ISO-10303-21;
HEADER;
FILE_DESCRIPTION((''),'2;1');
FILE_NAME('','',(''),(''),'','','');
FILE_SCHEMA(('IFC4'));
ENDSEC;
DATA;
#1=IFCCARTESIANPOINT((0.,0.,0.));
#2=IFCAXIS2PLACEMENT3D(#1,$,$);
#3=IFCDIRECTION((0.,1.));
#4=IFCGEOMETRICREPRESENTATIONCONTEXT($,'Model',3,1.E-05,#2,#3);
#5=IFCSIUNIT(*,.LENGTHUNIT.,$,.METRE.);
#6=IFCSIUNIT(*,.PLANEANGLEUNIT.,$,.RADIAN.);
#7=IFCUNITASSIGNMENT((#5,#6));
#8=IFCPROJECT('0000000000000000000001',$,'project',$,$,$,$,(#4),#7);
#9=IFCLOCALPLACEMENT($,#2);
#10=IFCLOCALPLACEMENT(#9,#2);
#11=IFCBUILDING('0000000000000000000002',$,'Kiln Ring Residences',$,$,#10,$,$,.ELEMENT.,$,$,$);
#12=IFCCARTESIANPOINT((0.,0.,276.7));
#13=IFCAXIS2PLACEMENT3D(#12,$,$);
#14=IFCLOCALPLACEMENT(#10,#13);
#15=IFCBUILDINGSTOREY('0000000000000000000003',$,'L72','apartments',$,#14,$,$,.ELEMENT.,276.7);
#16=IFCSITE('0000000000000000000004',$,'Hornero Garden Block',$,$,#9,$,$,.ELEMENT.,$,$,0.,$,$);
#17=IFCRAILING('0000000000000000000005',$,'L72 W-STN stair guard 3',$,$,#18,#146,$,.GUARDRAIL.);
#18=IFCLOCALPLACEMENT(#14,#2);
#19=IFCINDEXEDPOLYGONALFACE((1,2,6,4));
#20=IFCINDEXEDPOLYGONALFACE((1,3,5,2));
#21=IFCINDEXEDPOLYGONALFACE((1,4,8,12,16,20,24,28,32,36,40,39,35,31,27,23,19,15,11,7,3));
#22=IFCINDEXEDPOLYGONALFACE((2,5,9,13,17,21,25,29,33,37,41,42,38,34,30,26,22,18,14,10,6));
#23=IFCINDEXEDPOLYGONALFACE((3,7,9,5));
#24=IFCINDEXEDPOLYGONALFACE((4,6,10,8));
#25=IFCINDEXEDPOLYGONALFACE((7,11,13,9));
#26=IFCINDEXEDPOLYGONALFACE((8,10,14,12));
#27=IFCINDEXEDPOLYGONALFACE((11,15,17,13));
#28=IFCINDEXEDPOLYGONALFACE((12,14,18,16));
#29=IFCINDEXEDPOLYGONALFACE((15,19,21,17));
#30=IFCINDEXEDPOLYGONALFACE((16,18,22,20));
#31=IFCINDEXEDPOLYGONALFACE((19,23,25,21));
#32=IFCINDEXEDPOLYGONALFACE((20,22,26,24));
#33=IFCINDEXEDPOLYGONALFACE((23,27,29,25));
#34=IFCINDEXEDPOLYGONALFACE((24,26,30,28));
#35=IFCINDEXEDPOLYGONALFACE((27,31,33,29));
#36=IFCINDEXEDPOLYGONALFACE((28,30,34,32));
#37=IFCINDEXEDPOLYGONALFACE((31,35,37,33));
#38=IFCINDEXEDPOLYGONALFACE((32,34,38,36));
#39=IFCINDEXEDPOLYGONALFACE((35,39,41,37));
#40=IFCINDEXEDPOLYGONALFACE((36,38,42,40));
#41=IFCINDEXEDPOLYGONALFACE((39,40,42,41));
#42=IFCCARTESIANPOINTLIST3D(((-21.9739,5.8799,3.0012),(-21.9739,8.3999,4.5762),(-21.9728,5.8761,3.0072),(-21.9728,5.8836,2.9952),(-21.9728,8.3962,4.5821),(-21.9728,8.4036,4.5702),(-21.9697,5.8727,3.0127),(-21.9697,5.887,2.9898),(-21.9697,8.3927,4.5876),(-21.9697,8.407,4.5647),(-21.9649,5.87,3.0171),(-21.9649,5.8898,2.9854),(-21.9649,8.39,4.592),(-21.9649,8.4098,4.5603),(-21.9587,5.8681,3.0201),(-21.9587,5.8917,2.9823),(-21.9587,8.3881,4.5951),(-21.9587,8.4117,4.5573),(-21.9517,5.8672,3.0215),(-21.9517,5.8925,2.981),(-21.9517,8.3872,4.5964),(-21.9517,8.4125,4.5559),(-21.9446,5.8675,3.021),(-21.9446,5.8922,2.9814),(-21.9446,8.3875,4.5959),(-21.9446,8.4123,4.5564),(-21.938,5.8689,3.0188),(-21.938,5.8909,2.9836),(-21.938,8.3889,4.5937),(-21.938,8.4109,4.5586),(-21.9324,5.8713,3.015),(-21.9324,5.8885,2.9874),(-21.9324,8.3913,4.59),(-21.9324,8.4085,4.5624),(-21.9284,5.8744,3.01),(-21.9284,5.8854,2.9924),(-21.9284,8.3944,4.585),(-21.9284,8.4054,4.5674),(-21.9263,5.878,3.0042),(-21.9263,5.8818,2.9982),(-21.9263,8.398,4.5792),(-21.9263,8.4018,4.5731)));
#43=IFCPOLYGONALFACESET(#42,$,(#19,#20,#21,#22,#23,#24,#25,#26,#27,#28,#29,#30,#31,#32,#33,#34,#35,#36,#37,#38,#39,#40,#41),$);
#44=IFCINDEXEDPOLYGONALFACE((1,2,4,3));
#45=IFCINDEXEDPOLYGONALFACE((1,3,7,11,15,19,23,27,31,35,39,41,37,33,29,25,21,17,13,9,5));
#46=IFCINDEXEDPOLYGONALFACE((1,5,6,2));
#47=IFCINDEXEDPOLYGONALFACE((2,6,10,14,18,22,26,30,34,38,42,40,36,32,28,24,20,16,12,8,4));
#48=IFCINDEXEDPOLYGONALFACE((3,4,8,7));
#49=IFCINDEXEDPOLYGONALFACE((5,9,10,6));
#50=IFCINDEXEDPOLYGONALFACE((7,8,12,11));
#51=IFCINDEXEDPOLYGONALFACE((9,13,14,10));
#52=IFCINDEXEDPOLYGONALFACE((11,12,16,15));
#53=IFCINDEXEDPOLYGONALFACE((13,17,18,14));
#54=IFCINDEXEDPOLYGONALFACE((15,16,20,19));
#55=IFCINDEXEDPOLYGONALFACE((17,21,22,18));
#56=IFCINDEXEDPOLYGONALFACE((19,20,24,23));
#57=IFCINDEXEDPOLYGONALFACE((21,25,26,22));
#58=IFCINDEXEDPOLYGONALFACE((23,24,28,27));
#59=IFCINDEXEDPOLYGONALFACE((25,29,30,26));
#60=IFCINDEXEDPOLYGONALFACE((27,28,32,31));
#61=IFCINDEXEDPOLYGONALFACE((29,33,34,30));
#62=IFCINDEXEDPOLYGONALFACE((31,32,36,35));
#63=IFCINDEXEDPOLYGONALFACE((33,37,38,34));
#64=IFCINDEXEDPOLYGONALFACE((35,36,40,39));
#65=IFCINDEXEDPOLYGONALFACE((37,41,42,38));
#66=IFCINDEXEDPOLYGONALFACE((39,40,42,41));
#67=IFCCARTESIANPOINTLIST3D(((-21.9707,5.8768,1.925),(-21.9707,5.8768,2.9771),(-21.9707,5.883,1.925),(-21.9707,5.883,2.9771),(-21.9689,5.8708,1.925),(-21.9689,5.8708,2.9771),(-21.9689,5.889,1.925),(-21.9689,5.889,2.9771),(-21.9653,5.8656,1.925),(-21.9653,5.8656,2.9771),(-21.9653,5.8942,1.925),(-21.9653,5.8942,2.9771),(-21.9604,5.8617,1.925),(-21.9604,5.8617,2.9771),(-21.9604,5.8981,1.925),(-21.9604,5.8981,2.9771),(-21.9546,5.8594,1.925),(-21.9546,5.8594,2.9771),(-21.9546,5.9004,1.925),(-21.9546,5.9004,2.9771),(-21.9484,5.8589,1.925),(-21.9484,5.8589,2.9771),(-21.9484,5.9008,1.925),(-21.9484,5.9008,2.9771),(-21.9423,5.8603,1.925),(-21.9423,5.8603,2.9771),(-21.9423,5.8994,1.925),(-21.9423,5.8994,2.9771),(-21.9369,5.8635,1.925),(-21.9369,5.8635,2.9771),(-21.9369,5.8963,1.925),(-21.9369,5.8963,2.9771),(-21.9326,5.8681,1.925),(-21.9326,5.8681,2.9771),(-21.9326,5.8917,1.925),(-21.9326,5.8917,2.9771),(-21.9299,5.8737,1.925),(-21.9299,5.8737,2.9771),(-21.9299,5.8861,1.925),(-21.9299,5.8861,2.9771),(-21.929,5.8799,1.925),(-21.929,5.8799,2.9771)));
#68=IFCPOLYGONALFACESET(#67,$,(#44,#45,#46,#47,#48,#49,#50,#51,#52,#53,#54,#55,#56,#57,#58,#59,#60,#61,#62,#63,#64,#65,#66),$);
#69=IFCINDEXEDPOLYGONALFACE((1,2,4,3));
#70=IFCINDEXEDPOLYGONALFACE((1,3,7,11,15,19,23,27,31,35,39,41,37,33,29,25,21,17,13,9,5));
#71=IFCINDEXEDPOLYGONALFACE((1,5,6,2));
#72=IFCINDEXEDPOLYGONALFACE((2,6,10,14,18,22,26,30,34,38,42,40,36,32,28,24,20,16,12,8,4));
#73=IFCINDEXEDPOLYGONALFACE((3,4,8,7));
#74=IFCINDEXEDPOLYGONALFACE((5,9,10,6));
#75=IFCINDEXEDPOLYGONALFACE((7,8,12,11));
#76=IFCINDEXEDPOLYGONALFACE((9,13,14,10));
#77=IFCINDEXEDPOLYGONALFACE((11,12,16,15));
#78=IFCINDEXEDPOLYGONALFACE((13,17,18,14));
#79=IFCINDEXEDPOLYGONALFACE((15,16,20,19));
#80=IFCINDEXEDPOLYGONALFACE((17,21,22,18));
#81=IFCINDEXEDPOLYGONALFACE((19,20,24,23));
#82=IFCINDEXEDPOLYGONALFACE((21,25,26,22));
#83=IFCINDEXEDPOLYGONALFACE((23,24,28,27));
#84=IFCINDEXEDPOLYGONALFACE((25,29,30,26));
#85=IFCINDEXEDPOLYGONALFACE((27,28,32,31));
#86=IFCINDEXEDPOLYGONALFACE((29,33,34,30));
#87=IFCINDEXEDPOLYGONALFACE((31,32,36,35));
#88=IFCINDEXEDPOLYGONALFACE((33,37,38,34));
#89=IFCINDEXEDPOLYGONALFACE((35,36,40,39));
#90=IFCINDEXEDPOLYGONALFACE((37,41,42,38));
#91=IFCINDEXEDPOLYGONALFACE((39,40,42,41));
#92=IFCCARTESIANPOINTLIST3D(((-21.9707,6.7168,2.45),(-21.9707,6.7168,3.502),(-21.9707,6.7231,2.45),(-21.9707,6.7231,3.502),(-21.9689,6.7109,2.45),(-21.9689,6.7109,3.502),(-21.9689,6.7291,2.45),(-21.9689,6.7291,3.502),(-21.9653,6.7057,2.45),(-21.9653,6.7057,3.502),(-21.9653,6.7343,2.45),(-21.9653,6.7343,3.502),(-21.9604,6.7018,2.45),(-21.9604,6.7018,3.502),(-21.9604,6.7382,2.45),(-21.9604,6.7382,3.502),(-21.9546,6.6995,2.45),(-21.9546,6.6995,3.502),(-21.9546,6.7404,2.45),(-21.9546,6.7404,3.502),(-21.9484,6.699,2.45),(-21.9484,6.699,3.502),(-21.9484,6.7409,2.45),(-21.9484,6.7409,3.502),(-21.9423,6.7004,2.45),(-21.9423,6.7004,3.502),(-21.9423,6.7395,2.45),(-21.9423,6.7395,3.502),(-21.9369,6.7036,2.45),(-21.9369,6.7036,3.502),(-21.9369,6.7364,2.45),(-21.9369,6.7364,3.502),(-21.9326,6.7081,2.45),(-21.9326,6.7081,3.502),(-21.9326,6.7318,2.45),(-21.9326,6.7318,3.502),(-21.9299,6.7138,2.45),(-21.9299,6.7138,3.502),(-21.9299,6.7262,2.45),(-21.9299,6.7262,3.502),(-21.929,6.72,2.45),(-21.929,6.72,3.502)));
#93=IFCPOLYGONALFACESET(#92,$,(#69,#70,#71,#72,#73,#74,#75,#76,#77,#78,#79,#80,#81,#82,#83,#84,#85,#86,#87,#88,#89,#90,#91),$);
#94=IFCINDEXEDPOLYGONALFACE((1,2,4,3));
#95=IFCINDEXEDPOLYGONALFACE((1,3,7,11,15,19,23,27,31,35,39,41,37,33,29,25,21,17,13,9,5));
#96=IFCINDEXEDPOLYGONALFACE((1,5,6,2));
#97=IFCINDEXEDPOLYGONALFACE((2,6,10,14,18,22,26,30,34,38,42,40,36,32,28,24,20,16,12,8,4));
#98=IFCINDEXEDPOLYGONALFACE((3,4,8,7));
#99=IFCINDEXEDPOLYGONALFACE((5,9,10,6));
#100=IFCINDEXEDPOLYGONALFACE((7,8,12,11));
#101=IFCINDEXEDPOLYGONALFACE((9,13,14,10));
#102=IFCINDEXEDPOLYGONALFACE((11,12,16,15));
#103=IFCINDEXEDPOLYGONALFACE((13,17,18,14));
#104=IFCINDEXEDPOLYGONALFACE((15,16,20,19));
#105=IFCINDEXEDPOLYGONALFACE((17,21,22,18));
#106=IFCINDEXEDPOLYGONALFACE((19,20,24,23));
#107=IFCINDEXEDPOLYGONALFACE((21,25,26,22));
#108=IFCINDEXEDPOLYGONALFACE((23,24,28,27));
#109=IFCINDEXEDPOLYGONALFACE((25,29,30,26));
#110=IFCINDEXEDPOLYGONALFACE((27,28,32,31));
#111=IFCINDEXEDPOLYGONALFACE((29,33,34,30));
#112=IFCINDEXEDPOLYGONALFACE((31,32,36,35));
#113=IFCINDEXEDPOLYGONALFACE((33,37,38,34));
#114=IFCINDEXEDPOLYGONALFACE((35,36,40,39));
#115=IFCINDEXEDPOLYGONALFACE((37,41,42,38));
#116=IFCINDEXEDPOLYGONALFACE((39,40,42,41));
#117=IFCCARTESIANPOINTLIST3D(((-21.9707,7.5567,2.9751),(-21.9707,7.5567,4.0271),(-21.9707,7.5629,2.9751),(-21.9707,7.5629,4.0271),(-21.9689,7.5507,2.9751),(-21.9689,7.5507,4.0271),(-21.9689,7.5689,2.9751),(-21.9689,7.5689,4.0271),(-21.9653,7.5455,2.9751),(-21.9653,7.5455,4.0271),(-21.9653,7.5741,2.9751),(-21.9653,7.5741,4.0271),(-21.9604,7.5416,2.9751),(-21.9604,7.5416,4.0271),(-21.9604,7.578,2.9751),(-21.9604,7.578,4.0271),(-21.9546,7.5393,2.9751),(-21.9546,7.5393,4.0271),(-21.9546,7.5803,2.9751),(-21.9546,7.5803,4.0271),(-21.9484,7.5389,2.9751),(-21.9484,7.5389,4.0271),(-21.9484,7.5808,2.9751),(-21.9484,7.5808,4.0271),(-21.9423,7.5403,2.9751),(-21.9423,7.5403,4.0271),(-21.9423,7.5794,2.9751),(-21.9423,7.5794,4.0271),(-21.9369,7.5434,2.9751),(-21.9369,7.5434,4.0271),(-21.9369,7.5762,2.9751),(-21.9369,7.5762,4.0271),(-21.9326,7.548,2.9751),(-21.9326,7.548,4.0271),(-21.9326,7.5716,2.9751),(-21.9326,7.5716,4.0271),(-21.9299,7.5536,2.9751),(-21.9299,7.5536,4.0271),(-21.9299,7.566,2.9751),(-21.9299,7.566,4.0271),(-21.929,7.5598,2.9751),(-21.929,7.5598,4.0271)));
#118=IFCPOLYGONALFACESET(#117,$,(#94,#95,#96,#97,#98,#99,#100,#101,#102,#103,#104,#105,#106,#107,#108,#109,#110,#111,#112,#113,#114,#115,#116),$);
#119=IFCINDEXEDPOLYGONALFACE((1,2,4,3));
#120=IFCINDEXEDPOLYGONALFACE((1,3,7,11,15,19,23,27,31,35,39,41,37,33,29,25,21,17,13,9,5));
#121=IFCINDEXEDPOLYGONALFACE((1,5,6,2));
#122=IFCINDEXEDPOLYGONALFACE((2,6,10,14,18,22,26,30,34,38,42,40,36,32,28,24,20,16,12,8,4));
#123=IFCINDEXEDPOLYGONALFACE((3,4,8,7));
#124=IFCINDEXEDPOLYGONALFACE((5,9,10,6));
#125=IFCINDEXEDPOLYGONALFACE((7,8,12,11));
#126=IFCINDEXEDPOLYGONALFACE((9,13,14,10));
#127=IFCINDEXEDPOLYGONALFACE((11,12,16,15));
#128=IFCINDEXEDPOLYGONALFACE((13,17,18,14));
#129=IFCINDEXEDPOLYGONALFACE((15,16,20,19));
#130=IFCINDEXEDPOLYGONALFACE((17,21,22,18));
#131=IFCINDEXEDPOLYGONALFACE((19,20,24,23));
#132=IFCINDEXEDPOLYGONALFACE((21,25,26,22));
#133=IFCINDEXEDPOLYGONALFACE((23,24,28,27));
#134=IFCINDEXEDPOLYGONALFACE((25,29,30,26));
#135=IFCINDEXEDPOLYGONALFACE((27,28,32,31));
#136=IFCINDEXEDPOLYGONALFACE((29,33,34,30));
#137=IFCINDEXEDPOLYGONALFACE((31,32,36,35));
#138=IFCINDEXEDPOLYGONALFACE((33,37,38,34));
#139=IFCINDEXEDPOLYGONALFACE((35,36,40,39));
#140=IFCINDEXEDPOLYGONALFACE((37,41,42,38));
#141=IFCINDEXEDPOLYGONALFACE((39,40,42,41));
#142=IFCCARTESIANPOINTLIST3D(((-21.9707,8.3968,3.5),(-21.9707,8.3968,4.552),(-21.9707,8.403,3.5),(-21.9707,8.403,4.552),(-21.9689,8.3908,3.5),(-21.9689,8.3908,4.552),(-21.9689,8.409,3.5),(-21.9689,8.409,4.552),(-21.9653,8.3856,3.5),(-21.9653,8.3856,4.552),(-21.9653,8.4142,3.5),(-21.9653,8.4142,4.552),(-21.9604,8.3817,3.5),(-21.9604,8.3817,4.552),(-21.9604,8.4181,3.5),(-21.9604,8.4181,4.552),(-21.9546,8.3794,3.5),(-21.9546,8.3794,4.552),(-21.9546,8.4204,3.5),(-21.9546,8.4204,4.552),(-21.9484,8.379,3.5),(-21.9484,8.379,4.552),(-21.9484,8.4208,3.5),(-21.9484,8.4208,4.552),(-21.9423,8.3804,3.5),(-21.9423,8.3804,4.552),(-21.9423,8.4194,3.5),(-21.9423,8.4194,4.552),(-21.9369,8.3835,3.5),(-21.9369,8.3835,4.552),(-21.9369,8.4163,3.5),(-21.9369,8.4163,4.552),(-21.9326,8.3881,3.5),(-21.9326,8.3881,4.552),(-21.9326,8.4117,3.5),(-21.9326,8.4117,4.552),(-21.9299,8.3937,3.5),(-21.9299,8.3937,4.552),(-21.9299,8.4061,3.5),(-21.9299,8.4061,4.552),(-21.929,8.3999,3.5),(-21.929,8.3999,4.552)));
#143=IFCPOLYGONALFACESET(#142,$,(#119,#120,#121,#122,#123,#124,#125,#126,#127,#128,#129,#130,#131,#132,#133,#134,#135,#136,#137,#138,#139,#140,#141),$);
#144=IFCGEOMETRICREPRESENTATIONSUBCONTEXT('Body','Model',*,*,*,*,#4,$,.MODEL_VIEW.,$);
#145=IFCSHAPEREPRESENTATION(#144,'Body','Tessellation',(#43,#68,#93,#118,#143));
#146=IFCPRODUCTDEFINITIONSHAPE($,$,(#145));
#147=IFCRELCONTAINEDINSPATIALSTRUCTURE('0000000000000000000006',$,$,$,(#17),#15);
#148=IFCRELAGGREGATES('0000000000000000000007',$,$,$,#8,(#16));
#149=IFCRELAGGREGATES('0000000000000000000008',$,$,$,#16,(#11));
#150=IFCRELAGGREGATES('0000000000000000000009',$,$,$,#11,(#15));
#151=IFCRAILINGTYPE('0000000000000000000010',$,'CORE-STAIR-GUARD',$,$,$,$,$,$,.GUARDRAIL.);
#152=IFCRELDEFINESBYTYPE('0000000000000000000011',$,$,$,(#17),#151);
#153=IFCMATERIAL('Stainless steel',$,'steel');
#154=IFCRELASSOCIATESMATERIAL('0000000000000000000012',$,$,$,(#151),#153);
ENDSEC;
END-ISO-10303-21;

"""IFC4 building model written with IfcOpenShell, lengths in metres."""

from ifc_helpers import new_model, si_unit, direction, frame, origin, origin_2d, place, context, subcontext, project, spatial, circle, extrude, material, type_object, element, save


model = new_model("IFC4")

# Units and contexts
model_context = context("Model", 3, precision=1e-05, world=origin(), true_north=direction((0.0, 1.0)))
body_context = subcontext(model_context, "Body", "Model", "MODEL_VIEW")
ifc_project = project(units=[si_unit("LENGTHUNIT", "METRE"), si_unit("PLANEANGLEUNIT", "RADIAN")], contexts=[model_context])

# Site, building, storey
site_placement = place(None, origin())
site = spatial("IfcSite", under=ifc_project, at=site_placement, Name="Hornero Garden Block", CompositionType="ELEMENT", RefElevation=0.0)
building_placement = place(site_placement, origin())
building = spatial("IfcBuilding", under=site, at=building_placement, Name="Kiln Ring Residences", CompositionType="ELEMENT")
storey_placement = place(building_placement, frame((0.0, 0.0, 276.7)))
storey = spatial("IfcBuildingStorey", under=building, at=storey_placement, Name="L72", Description="apartments", CompositionType="ELEMENT", Elevation=276.7)

# Railing
ifc_material_1 = material(Name="Stainless steel", Category="steel")
railing_type_1 = type_object("IfcRailingType", Name="CORE-STAIR-GUARD", PredefinedType="GUARDRAIL", material=ifc_material_1)
railing_1_placement = place(storey_placement, frame((-21.95, 5.8799, 1.925)))
element("IfcRailing", 1, at=railing_1_placement, inside=storey, type_object=railing_type_1, Name="L72 W-STN stair guard 3", PredefinedType="GUARDRAIL", context=body_context, shape_type="SweptSolid", body=[
    extrude(circle(Radius=0.0239, at=origin_2d()), frame((0.0, 0.0, 1.0762), z_axis=(0.0, 0.848008, 0.529984), x_axis=(-1.0, 0.0, 0.0)), (0.0, 0.0, 1.0), 2.9717),
    extrude(circle(Radius=0.021, at=origin_2d()), origin(), (0.0, 0.0, 1.0), 1.052),
    extrude(circle(Radius=0.021, at=origin_2d()), frame((0.0, 0.8401, 0.5249)), (0.0, 0.0, 1.0), 1.052),
    extrude(circle(Radius=0.021, at=origin_2d()), frame((0.0, 1.6799, 1.05)), (0.0, 0.0, 1.0), 1.052),
    extrude(circle(Radius=0.021, at=origin_2d()), frame((0.0, 2.52, 1.575)), (0.0, 0.0, 1.0), 1.052),
])

save(model, "model.ifc")
